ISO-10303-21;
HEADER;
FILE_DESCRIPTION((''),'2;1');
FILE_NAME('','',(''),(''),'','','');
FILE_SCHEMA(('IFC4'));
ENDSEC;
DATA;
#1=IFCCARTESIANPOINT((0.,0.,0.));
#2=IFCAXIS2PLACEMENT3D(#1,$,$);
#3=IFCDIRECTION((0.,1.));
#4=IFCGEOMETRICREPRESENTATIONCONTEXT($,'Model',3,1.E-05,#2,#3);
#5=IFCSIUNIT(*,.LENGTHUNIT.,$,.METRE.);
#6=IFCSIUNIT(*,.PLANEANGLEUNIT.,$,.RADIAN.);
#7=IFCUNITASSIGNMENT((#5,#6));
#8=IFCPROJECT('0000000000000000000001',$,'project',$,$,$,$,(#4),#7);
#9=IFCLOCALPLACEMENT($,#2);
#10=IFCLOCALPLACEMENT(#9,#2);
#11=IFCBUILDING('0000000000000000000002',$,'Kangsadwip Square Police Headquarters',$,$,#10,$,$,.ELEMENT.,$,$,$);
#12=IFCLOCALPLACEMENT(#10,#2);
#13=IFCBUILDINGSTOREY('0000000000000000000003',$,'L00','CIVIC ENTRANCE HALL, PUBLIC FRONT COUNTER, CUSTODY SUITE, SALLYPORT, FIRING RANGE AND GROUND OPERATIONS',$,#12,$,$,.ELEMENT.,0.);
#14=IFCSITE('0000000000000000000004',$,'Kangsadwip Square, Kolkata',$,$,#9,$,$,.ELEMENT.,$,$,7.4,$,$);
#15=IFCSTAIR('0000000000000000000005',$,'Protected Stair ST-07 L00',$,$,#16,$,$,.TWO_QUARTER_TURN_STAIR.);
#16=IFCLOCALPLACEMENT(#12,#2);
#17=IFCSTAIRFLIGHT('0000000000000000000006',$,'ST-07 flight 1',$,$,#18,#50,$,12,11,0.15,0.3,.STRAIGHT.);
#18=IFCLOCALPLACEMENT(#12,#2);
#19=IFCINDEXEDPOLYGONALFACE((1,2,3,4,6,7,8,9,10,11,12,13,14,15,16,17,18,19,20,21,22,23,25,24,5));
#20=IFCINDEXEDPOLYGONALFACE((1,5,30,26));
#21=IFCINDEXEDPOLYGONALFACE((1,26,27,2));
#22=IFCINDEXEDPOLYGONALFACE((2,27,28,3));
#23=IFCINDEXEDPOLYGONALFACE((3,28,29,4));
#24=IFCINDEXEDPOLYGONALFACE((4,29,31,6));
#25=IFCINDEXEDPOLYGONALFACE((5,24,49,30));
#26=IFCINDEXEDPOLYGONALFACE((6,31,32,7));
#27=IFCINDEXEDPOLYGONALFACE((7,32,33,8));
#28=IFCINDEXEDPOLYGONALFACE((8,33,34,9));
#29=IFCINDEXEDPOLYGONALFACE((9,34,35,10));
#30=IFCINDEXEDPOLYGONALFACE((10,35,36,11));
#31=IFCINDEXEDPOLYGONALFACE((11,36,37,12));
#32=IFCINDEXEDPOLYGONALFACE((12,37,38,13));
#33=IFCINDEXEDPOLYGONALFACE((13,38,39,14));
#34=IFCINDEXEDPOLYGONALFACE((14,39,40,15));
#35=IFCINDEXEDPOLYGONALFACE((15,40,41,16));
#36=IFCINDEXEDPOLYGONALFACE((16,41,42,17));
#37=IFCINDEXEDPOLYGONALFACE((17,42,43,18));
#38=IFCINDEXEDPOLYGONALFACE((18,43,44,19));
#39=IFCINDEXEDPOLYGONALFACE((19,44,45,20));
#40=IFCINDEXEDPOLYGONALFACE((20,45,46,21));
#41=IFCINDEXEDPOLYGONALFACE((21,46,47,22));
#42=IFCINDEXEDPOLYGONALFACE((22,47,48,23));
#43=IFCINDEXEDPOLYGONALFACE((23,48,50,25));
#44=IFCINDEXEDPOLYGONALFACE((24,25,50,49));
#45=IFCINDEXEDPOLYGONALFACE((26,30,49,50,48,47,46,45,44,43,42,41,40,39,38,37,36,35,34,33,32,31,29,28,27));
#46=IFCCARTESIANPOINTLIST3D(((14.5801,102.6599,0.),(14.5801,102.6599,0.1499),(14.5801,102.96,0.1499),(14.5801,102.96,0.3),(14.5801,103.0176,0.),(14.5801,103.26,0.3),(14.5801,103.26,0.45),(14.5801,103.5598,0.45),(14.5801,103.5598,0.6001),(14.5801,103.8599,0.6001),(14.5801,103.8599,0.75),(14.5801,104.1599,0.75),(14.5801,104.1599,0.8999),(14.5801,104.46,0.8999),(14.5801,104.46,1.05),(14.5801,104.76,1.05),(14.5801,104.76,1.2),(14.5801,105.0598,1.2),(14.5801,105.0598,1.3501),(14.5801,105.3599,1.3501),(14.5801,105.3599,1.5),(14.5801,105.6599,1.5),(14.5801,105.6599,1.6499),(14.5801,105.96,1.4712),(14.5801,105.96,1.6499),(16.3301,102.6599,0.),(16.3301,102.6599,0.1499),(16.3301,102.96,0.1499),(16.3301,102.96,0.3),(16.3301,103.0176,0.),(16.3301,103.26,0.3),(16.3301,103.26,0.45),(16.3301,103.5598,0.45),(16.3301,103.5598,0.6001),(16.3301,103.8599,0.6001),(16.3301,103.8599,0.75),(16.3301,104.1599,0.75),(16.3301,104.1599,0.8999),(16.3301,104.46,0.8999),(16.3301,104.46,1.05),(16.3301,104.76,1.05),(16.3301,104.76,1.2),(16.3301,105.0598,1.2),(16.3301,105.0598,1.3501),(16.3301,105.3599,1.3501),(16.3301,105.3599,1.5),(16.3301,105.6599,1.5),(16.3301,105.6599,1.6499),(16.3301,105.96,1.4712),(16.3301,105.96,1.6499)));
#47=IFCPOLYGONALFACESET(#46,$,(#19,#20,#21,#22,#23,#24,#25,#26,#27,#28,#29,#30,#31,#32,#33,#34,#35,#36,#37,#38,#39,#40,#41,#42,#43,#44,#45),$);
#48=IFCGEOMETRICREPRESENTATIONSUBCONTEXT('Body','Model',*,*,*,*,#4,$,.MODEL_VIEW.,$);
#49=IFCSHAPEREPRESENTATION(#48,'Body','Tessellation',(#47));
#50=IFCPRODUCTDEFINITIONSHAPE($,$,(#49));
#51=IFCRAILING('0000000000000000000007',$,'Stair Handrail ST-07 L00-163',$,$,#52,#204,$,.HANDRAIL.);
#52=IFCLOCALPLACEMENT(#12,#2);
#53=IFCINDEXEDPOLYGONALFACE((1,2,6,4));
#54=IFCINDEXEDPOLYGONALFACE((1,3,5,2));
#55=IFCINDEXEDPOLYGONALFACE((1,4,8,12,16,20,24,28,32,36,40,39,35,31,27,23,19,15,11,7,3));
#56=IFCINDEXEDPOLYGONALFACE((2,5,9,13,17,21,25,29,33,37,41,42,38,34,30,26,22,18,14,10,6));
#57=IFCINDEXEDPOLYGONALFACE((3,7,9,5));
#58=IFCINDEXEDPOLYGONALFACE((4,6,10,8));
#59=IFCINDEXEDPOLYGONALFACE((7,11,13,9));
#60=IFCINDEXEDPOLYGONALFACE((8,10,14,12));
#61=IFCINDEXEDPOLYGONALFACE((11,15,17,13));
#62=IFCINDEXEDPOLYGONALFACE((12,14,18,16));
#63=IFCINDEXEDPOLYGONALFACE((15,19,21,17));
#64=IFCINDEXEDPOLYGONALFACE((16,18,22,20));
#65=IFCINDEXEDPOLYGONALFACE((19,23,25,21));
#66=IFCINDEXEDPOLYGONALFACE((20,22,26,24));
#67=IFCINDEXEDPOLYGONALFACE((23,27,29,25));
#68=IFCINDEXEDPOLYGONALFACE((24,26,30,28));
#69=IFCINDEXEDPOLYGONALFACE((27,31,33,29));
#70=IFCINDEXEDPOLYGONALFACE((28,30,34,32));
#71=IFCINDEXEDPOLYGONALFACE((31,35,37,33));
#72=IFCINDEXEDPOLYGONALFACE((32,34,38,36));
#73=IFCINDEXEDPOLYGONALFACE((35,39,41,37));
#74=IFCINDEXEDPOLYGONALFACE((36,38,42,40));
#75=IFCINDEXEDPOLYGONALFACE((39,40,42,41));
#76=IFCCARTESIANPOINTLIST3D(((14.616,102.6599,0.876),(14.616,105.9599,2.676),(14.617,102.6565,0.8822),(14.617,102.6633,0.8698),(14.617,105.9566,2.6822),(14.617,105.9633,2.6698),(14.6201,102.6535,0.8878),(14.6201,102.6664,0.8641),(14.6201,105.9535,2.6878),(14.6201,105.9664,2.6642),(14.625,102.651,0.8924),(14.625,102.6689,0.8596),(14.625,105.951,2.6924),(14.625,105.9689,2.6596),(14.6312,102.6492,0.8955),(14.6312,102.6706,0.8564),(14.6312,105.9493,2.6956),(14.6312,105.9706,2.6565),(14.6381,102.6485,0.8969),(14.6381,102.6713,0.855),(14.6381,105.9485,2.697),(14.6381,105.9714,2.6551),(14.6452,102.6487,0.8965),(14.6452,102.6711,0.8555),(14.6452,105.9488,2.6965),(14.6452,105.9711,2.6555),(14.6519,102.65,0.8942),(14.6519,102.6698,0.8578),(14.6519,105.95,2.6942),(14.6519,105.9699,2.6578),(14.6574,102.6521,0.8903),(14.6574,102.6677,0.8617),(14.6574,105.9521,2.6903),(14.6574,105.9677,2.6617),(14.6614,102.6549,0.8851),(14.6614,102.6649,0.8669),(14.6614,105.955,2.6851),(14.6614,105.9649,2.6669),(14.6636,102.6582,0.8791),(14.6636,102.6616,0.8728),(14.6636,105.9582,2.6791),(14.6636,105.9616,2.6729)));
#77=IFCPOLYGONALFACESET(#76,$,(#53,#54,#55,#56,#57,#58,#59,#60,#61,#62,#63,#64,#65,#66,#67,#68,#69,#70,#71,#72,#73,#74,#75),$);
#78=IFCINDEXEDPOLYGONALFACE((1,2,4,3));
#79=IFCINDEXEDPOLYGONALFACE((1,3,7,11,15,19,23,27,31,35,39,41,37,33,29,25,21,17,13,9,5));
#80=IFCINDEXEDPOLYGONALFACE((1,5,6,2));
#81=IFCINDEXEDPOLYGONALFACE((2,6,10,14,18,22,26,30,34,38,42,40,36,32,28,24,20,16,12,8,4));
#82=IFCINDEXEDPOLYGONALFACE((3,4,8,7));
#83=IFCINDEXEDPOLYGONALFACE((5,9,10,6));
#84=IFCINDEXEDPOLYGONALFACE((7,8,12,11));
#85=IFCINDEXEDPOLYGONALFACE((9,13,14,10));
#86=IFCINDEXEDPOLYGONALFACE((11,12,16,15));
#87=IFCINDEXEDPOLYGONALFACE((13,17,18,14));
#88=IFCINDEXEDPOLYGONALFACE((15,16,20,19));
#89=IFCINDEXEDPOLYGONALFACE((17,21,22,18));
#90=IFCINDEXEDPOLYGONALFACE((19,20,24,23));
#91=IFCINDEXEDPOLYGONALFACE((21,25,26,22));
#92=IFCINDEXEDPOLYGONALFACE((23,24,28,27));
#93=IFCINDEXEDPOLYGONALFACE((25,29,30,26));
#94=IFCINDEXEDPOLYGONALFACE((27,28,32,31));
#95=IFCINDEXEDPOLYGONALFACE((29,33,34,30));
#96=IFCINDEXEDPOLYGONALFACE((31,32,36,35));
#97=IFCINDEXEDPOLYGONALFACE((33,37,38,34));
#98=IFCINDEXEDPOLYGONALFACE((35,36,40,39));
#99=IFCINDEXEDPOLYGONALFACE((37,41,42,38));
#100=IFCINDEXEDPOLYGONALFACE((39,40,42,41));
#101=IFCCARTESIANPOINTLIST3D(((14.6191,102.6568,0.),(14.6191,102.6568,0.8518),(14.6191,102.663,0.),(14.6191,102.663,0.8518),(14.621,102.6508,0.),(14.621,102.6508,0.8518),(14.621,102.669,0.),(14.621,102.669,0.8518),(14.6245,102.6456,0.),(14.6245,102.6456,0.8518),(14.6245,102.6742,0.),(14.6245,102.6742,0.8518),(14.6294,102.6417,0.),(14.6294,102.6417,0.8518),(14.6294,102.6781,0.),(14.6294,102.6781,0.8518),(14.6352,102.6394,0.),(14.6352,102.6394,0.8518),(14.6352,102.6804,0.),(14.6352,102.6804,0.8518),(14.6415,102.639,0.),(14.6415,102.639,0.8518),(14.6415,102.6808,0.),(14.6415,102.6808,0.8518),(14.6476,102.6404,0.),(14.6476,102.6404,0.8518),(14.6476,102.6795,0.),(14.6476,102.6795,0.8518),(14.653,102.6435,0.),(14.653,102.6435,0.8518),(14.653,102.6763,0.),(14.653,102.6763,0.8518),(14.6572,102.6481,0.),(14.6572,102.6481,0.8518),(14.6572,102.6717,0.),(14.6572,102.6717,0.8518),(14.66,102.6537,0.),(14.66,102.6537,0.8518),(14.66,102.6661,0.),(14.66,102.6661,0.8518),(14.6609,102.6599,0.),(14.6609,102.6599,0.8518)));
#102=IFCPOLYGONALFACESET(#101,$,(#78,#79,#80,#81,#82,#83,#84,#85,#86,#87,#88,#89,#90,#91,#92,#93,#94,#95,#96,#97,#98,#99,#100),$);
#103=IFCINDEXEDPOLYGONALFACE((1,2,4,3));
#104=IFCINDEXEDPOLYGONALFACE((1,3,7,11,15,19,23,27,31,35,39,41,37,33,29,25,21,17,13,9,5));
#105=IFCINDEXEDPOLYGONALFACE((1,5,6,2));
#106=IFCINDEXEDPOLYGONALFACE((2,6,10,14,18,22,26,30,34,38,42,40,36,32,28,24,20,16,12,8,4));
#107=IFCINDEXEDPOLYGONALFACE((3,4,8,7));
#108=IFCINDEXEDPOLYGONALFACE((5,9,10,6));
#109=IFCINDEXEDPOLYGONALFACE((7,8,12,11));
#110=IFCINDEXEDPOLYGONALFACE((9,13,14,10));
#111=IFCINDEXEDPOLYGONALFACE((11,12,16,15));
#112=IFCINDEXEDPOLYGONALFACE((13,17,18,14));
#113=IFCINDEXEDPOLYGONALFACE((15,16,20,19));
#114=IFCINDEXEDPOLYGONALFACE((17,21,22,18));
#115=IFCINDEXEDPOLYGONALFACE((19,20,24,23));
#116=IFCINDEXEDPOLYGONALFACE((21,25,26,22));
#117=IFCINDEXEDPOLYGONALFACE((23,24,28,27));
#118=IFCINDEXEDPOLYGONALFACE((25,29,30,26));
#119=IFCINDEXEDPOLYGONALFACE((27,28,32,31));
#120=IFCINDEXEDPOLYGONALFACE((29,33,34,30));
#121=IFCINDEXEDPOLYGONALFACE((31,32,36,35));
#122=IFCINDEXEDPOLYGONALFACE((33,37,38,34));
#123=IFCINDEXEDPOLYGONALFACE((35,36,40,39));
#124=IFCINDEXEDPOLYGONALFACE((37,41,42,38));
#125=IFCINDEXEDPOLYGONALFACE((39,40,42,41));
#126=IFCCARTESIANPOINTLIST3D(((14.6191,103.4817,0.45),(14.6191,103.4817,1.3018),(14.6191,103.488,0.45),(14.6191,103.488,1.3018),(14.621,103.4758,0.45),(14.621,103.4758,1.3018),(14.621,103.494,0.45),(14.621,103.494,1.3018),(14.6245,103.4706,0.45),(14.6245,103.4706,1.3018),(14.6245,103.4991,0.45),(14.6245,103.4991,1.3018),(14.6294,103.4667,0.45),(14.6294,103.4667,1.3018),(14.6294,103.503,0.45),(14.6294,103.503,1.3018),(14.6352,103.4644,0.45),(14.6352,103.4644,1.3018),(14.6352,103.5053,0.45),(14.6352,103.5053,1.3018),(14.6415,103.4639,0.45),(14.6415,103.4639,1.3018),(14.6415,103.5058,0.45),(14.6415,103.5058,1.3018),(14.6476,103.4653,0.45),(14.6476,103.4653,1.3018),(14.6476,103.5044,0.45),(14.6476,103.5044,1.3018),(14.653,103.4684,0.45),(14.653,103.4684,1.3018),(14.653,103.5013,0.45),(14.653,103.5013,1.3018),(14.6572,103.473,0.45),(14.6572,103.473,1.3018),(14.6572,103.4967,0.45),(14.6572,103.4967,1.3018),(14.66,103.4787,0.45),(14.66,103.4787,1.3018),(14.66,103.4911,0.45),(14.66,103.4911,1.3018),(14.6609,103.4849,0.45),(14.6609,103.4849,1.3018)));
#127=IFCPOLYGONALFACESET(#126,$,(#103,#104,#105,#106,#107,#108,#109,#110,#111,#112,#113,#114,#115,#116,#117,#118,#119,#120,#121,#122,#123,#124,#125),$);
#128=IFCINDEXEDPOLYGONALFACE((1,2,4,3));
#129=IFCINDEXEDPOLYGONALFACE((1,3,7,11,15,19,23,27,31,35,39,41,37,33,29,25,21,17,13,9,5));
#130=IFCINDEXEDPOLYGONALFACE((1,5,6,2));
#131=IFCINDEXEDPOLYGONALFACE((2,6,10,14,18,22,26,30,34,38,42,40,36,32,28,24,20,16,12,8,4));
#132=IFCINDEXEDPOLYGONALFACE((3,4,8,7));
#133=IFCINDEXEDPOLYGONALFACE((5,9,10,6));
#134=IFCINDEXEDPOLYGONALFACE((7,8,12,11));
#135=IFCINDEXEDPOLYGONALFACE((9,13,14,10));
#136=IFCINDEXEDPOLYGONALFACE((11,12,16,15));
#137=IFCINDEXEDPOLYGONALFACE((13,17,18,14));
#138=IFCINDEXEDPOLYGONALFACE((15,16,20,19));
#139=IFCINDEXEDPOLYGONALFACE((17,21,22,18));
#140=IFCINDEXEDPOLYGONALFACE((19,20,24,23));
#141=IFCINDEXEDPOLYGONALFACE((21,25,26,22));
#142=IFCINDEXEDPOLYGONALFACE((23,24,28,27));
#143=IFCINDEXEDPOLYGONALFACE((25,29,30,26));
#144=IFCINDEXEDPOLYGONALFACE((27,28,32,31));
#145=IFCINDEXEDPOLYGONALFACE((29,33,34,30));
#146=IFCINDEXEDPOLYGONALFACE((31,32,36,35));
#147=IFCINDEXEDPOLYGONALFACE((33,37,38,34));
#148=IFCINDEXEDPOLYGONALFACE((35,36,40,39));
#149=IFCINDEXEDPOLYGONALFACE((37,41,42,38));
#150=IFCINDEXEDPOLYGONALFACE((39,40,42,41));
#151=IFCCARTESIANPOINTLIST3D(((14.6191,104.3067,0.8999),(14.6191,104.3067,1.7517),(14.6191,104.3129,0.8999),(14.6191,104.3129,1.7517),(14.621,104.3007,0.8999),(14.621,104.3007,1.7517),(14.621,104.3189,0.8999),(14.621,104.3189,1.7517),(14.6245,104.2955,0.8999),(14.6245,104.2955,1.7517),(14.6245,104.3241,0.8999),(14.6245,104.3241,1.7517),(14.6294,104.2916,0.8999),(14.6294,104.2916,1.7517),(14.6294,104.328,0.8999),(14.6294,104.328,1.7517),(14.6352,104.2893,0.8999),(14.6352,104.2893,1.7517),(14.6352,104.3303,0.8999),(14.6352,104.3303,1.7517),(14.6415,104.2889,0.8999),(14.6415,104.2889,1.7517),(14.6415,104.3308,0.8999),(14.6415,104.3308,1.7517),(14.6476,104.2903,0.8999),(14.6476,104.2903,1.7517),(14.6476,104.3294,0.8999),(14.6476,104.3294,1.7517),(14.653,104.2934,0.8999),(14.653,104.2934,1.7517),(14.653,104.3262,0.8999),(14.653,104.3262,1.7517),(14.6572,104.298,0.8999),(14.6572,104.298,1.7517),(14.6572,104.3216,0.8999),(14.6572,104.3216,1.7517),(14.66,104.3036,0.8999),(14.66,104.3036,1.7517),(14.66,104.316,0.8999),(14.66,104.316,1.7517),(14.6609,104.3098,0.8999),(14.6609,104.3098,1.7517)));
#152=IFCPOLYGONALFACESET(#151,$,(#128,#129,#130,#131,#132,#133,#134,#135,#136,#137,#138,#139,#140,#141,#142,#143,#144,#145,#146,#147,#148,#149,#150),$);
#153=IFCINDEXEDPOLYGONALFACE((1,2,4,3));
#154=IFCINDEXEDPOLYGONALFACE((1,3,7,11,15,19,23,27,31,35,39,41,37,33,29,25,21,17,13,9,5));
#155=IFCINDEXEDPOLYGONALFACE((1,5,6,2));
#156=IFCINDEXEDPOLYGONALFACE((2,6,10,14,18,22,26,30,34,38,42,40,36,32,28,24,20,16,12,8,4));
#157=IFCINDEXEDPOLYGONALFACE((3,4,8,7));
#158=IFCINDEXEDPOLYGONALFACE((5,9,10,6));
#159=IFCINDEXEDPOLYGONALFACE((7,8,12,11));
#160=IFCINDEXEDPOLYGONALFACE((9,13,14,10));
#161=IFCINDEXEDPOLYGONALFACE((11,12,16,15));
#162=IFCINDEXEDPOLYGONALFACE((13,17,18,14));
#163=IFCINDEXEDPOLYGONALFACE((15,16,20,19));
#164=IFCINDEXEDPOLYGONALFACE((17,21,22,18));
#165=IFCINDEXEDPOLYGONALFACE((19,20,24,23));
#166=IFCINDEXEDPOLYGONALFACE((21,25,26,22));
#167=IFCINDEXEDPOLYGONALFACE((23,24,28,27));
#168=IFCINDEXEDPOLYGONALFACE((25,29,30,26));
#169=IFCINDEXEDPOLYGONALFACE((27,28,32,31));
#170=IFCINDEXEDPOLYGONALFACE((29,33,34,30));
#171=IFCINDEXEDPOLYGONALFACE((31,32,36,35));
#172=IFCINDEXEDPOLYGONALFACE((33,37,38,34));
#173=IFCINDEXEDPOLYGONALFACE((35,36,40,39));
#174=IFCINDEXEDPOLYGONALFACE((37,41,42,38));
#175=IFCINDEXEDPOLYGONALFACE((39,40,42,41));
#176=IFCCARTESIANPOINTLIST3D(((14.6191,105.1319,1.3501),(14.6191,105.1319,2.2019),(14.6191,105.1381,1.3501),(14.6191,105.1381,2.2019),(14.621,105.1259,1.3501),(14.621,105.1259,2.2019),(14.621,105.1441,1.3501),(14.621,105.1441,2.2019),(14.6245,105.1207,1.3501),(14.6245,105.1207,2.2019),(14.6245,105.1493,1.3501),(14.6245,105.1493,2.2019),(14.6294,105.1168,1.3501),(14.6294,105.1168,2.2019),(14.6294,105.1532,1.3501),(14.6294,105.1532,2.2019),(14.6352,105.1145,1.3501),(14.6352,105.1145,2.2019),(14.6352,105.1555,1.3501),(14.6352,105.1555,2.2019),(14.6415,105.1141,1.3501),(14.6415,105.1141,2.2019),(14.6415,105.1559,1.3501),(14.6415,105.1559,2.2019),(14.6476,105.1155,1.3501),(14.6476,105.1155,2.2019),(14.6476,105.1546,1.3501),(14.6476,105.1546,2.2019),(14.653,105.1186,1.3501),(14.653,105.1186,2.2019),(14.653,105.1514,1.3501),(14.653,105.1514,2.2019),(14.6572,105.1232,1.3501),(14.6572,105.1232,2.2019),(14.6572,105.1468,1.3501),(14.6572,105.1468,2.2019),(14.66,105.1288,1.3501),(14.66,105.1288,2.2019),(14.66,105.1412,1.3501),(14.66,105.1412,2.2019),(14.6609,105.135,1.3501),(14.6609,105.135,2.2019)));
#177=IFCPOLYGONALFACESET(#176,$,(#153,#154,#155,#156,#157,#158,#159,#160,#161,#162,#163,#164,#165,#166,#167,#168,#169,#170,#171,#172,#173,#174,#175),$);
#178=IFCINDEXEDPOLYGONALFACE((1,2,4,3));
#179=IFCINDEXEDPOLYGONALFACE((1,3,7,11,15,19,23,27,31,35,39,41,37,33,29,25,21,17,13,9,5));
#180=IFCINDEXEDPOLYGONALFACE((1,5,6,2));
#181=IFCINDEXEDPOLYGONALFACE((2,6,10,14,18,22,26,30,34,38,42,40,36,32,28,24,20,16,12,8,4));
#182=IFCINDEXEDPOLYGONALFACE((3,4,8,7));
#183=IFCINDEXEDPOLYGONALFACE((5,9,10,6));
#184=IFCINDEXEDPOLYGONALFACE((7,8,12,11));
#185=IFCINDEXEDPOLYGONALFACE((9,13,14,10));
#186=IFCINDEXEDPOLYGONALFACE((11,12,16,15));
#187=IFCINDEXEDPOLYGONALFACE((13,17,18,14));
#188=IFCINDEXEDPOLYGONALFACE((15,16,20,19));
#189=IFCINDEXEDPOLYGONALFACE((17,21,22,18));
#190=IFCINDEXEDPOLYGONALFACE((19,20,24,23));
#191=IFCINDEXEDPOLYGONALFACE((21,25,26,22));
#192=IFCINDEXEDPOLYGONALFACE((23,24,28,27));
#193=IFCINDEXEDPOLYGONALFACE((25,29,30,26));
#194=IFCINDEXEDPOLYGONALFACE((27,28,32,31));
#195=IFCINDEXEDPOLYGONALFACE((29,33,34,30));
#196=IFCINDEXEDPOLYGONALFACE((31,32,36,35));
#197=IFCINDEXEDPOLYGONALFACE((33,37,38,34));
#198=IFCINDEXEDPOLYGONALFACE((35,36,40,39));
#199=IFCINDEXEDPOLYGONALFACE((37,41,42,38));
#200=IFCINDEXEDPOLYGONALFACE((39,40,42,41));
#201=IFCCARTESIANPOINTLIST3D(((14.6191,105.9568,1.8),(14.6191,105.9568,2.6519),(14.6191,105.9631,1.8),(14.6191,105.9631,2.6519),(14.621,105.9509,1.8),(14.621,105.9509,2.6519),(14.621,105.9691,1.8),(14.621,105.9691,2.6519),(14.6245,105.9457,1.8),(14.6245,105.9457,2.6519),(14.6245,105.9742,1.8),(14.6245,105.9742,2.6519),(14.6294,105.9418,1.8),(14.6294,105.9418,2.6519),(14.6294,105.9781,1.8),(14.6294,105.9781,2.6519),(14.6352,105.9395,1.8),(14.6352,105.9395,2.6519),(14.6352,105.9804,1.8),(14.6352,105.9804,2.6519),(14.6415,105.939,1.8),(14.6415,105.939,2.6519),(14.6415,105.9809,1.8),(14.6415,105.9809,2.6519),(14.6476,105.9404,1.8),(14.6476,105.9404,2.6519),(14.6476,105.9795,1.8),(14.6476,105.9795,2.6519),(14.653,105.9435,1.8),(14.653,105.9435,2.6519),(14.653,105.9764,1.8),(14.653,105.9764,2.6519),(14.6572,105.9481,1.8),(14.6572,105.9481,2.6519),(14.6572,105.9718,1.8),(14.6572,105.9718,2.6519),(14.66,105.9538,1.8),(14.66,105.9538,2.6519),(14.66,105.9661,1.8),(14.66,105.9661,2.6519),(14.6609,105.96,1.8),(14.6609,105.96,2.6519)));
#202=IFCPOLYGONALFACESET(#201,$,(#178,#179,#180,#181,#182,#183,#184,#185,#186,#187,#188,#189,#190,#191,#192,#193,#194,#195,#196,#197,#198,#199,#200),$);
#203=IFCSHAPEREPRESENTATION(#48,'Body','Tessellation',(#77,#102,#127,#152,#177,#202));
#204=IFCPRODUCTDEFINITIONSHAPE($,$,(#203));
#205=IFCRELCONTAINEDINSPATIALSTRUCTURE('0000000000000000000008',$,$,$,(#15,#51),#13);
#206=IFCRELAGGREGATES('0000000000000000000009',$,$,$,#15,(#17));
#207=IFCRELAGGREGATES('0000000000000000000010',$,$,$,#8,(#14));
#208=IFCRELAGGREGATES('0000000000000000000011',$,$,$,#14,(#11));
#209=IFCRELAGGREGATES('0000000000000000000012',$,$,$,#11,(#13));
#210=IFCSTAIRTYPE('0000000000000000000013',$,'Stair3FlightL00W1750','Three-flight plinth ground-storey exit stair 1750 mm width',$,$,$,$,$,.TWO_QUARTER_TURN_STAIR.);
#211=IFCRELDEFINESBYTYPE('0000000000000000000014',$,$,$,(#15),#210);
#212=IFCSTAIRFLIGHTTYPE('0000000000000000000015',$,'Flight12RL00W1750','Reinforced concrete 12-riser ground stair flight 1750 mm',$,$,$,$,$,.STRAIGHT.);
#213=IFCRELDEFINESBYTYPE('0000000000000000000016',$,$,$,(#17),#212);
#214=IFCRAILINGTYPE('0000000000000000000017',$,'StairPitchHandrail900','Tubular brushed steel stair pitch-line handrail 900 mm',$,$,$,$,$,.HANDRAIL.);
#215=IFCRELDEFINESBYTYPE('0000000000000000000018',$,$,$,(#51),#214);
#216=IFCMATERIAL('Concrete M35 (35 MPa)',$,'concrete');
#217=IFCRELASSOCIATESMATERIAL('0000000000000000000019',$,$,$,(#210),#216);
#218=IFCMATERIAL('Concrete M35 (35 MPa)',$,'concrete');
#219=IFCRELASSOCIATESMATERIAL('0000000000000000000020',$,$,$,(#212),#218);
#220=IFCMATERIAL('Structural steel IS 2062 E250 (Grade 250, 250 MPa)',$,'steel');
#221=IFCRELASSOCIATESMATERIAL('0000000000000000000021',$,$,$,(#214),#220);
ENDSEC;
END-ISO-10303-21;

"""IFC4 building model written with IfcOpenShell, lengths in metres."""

from ifc_helpers import new_model, si_unit, direction, frame, origin, origin_2d, place, context, subcontext, project, spatial, polyline, circle, outline, extrude, material, type_object, element, aggregate, save


model = new_model("IFC4")

# Units and contexts
model_context = context("Model", 3, precision=1e-05, world=origin(), true_north=direction((0.0, 1.0)))
body_context = subcontext(model_context, "Body", "Model", "MODEL_VIEW")
ifc_project = project(units=[si_unit("LENGTHUNIT", "METRE"), si_unit("PLANEANGLEUNIT", "RADIAN")], contexts=[model_context])

# Site, building, storey
site_placement = place(None, origin())
site = spatial("IfcSite", under=ifc_project, at=site_placement, Name="Kangsadwip Square, Kolkata", CompositionType="ELEMENT", RefElevation=7.4)
building_placement = place(site_placement, origin())
building = spatial("IfcBuilding", under=site, at=building_placement, Name="Kangsadwip Square Police Headquarters", CompositionType="ELEMENT")
storey_placement = place(building_placement, origin())
storey = spatial("IfcBuildingStorey", under=building, at=storey_placement, Name="L00", Description="CIVIC ENTRANCE HALL, PUBLIC FRONT COUNTER, CUSTODY SUITE, SALLYPORT, FIRING RANGE AND GROUND OPERATIONS", CompositionType="ELEMENT", Elevation=0.0)

# Stair, stair flight
ifc_material_1 = material(Name="Concrete M35 (35 MPa)", Category="concrete")
stair_type = type_object("IfcStairType", Name="Stair3FlightL00W1750", Description="Three-flight plinth ground-storey exit stair 1750 mm width", PredefinedType="TWO_QUARTER_TURN_STAIR", material=ifc_material_1)
stair_placement = place(storey_placement, origin())
stair = element("IfcStair", 1, at=stair_placement, inside=storey, type_object=stair_type, Name="Protected Stair ST-07 L00", PredefinedType="TWO_QUARTER_TURN_STAIR")
ifc_material_2 = material(Name="Concrete M35 (35 MPa)", Category="concrete")
stair_flight_type = type_object("IfcStairFlightType", Name="Flight12RL00W1750", Description="Reinforced concrete 12-riser ground stair flight 1750 mm", PredefinedType="STRAIGHT", material=ifc_material_2)
stair_flight_placement = place(storey_placement, frame((15.4551, 102.6599, 0.0), z_axis=(0.0, 0.0, 1.0), x_axis=(0.0, 1.0, 0.0)))
stair_flight = element("IfcStairFlight", 2, at=stair_flight_placement, type_object=stair_flight_type, Name="ST-07 flight 1", NumberOfRisers=12, NumberOfTreads=11, PredefinedType="STRAIGHT", RiserHeight=0.15, TreadLength=0.3, context=body_context, shape_type="SweptSolid", body=[
    extrude(outline(polyline([(0.0, 0.0), (0.0, 0.1499), (0.3, 0.1499), (0.3, 0.3), (0.6001, 0.3), (0.6001, 0.45), (0.8999, 0.45), (0.8999, 0.6001), (1.2, 0.6001), (1.2, 0.75), (1.5, 0.75), (1.5, 0.8999), (1.8, 0.8999), (1.8, 1.05), (2.1001, 1.05), (2.1001, 1.2), (2.3999, 1.2), (2.3999, 1.3501), (2.7, 1.3501), (2.7, 1.5), (3.0, 1.5), (3.0, 1.6499), (3.3, 1.6499), (3.3, 1.8), (3.3, 1.4712), (0.3577, 0.0), (0.0, 0.0)])), frame((0.0, 0.875, 0.0), z_axis=(0.0, -1.0, 0.0), x_axis=(1.0, 0.0, 0.0)), (0.0, 0.0, 1.0), 1.75),
])
aggregate(stair, [stair_flight])

# Railing
ifc_material_3 = material(Name="Structural steel IS 2062 E250 (Grade 250, 250 MPa)", Category="steel")
railing_type = type_object("IfcRailingType", Name="StairPitchHandrail900", Description="Tubular brushed steel stair pitch-line handrail 900 mm", PredefinedType="HANDRAIL", material=ifc_material_3)
railing_placement = place(storey_placement, frame((14.6399, 102.6599, 0.0)))
element("IfcRailing", 3, at=railing_placement, inside=storey, type_object=railing_type, Name="Stair Handrail ST-07 L00-163", PredefinedType="HANDRAIL", context=body_context, shape_type="SweptSolid", body=[
    extrude(circle(Radius=0.0239, at=origin_2d()), frame((0.0, 0.0, 0.876), z_axis=(0.0, 0.877893, 0.478857), x_axis=(-1.0, 0.0, 0.0)), (0.0, 0.0, 1.0), 3.759),
    extrude(circle(Radius=0.021, at=origin_2d()), origin(), (0.0, 0.0, 1.0), 0.8518),
    extrude(circle(Radius=0.021, at=origin_2d()), frame((0.0, 0.825, 0.45)), (0.0, 0.0, 1.0), 0.8518),
    extrude(circle(Radius=0.021, at=origin_2d()), frame((0.0, 1.6499, 0.8999)), (0.0, 0.0, 1.0), 0.8518),
    extrude(circle(Radius=0.021, at=origin_2d()), frame((0.0, 2.4751, 1.3501)), (0.0, 0.0, 1.0), 0.8518),
    extrude(circle(Radius=0.021, at=origin_2d()), frame((0.0, 3.3, 1.8)), (0.0, 0.0, 1.0), 0.8518),
])

save(model, "model.ifc")
